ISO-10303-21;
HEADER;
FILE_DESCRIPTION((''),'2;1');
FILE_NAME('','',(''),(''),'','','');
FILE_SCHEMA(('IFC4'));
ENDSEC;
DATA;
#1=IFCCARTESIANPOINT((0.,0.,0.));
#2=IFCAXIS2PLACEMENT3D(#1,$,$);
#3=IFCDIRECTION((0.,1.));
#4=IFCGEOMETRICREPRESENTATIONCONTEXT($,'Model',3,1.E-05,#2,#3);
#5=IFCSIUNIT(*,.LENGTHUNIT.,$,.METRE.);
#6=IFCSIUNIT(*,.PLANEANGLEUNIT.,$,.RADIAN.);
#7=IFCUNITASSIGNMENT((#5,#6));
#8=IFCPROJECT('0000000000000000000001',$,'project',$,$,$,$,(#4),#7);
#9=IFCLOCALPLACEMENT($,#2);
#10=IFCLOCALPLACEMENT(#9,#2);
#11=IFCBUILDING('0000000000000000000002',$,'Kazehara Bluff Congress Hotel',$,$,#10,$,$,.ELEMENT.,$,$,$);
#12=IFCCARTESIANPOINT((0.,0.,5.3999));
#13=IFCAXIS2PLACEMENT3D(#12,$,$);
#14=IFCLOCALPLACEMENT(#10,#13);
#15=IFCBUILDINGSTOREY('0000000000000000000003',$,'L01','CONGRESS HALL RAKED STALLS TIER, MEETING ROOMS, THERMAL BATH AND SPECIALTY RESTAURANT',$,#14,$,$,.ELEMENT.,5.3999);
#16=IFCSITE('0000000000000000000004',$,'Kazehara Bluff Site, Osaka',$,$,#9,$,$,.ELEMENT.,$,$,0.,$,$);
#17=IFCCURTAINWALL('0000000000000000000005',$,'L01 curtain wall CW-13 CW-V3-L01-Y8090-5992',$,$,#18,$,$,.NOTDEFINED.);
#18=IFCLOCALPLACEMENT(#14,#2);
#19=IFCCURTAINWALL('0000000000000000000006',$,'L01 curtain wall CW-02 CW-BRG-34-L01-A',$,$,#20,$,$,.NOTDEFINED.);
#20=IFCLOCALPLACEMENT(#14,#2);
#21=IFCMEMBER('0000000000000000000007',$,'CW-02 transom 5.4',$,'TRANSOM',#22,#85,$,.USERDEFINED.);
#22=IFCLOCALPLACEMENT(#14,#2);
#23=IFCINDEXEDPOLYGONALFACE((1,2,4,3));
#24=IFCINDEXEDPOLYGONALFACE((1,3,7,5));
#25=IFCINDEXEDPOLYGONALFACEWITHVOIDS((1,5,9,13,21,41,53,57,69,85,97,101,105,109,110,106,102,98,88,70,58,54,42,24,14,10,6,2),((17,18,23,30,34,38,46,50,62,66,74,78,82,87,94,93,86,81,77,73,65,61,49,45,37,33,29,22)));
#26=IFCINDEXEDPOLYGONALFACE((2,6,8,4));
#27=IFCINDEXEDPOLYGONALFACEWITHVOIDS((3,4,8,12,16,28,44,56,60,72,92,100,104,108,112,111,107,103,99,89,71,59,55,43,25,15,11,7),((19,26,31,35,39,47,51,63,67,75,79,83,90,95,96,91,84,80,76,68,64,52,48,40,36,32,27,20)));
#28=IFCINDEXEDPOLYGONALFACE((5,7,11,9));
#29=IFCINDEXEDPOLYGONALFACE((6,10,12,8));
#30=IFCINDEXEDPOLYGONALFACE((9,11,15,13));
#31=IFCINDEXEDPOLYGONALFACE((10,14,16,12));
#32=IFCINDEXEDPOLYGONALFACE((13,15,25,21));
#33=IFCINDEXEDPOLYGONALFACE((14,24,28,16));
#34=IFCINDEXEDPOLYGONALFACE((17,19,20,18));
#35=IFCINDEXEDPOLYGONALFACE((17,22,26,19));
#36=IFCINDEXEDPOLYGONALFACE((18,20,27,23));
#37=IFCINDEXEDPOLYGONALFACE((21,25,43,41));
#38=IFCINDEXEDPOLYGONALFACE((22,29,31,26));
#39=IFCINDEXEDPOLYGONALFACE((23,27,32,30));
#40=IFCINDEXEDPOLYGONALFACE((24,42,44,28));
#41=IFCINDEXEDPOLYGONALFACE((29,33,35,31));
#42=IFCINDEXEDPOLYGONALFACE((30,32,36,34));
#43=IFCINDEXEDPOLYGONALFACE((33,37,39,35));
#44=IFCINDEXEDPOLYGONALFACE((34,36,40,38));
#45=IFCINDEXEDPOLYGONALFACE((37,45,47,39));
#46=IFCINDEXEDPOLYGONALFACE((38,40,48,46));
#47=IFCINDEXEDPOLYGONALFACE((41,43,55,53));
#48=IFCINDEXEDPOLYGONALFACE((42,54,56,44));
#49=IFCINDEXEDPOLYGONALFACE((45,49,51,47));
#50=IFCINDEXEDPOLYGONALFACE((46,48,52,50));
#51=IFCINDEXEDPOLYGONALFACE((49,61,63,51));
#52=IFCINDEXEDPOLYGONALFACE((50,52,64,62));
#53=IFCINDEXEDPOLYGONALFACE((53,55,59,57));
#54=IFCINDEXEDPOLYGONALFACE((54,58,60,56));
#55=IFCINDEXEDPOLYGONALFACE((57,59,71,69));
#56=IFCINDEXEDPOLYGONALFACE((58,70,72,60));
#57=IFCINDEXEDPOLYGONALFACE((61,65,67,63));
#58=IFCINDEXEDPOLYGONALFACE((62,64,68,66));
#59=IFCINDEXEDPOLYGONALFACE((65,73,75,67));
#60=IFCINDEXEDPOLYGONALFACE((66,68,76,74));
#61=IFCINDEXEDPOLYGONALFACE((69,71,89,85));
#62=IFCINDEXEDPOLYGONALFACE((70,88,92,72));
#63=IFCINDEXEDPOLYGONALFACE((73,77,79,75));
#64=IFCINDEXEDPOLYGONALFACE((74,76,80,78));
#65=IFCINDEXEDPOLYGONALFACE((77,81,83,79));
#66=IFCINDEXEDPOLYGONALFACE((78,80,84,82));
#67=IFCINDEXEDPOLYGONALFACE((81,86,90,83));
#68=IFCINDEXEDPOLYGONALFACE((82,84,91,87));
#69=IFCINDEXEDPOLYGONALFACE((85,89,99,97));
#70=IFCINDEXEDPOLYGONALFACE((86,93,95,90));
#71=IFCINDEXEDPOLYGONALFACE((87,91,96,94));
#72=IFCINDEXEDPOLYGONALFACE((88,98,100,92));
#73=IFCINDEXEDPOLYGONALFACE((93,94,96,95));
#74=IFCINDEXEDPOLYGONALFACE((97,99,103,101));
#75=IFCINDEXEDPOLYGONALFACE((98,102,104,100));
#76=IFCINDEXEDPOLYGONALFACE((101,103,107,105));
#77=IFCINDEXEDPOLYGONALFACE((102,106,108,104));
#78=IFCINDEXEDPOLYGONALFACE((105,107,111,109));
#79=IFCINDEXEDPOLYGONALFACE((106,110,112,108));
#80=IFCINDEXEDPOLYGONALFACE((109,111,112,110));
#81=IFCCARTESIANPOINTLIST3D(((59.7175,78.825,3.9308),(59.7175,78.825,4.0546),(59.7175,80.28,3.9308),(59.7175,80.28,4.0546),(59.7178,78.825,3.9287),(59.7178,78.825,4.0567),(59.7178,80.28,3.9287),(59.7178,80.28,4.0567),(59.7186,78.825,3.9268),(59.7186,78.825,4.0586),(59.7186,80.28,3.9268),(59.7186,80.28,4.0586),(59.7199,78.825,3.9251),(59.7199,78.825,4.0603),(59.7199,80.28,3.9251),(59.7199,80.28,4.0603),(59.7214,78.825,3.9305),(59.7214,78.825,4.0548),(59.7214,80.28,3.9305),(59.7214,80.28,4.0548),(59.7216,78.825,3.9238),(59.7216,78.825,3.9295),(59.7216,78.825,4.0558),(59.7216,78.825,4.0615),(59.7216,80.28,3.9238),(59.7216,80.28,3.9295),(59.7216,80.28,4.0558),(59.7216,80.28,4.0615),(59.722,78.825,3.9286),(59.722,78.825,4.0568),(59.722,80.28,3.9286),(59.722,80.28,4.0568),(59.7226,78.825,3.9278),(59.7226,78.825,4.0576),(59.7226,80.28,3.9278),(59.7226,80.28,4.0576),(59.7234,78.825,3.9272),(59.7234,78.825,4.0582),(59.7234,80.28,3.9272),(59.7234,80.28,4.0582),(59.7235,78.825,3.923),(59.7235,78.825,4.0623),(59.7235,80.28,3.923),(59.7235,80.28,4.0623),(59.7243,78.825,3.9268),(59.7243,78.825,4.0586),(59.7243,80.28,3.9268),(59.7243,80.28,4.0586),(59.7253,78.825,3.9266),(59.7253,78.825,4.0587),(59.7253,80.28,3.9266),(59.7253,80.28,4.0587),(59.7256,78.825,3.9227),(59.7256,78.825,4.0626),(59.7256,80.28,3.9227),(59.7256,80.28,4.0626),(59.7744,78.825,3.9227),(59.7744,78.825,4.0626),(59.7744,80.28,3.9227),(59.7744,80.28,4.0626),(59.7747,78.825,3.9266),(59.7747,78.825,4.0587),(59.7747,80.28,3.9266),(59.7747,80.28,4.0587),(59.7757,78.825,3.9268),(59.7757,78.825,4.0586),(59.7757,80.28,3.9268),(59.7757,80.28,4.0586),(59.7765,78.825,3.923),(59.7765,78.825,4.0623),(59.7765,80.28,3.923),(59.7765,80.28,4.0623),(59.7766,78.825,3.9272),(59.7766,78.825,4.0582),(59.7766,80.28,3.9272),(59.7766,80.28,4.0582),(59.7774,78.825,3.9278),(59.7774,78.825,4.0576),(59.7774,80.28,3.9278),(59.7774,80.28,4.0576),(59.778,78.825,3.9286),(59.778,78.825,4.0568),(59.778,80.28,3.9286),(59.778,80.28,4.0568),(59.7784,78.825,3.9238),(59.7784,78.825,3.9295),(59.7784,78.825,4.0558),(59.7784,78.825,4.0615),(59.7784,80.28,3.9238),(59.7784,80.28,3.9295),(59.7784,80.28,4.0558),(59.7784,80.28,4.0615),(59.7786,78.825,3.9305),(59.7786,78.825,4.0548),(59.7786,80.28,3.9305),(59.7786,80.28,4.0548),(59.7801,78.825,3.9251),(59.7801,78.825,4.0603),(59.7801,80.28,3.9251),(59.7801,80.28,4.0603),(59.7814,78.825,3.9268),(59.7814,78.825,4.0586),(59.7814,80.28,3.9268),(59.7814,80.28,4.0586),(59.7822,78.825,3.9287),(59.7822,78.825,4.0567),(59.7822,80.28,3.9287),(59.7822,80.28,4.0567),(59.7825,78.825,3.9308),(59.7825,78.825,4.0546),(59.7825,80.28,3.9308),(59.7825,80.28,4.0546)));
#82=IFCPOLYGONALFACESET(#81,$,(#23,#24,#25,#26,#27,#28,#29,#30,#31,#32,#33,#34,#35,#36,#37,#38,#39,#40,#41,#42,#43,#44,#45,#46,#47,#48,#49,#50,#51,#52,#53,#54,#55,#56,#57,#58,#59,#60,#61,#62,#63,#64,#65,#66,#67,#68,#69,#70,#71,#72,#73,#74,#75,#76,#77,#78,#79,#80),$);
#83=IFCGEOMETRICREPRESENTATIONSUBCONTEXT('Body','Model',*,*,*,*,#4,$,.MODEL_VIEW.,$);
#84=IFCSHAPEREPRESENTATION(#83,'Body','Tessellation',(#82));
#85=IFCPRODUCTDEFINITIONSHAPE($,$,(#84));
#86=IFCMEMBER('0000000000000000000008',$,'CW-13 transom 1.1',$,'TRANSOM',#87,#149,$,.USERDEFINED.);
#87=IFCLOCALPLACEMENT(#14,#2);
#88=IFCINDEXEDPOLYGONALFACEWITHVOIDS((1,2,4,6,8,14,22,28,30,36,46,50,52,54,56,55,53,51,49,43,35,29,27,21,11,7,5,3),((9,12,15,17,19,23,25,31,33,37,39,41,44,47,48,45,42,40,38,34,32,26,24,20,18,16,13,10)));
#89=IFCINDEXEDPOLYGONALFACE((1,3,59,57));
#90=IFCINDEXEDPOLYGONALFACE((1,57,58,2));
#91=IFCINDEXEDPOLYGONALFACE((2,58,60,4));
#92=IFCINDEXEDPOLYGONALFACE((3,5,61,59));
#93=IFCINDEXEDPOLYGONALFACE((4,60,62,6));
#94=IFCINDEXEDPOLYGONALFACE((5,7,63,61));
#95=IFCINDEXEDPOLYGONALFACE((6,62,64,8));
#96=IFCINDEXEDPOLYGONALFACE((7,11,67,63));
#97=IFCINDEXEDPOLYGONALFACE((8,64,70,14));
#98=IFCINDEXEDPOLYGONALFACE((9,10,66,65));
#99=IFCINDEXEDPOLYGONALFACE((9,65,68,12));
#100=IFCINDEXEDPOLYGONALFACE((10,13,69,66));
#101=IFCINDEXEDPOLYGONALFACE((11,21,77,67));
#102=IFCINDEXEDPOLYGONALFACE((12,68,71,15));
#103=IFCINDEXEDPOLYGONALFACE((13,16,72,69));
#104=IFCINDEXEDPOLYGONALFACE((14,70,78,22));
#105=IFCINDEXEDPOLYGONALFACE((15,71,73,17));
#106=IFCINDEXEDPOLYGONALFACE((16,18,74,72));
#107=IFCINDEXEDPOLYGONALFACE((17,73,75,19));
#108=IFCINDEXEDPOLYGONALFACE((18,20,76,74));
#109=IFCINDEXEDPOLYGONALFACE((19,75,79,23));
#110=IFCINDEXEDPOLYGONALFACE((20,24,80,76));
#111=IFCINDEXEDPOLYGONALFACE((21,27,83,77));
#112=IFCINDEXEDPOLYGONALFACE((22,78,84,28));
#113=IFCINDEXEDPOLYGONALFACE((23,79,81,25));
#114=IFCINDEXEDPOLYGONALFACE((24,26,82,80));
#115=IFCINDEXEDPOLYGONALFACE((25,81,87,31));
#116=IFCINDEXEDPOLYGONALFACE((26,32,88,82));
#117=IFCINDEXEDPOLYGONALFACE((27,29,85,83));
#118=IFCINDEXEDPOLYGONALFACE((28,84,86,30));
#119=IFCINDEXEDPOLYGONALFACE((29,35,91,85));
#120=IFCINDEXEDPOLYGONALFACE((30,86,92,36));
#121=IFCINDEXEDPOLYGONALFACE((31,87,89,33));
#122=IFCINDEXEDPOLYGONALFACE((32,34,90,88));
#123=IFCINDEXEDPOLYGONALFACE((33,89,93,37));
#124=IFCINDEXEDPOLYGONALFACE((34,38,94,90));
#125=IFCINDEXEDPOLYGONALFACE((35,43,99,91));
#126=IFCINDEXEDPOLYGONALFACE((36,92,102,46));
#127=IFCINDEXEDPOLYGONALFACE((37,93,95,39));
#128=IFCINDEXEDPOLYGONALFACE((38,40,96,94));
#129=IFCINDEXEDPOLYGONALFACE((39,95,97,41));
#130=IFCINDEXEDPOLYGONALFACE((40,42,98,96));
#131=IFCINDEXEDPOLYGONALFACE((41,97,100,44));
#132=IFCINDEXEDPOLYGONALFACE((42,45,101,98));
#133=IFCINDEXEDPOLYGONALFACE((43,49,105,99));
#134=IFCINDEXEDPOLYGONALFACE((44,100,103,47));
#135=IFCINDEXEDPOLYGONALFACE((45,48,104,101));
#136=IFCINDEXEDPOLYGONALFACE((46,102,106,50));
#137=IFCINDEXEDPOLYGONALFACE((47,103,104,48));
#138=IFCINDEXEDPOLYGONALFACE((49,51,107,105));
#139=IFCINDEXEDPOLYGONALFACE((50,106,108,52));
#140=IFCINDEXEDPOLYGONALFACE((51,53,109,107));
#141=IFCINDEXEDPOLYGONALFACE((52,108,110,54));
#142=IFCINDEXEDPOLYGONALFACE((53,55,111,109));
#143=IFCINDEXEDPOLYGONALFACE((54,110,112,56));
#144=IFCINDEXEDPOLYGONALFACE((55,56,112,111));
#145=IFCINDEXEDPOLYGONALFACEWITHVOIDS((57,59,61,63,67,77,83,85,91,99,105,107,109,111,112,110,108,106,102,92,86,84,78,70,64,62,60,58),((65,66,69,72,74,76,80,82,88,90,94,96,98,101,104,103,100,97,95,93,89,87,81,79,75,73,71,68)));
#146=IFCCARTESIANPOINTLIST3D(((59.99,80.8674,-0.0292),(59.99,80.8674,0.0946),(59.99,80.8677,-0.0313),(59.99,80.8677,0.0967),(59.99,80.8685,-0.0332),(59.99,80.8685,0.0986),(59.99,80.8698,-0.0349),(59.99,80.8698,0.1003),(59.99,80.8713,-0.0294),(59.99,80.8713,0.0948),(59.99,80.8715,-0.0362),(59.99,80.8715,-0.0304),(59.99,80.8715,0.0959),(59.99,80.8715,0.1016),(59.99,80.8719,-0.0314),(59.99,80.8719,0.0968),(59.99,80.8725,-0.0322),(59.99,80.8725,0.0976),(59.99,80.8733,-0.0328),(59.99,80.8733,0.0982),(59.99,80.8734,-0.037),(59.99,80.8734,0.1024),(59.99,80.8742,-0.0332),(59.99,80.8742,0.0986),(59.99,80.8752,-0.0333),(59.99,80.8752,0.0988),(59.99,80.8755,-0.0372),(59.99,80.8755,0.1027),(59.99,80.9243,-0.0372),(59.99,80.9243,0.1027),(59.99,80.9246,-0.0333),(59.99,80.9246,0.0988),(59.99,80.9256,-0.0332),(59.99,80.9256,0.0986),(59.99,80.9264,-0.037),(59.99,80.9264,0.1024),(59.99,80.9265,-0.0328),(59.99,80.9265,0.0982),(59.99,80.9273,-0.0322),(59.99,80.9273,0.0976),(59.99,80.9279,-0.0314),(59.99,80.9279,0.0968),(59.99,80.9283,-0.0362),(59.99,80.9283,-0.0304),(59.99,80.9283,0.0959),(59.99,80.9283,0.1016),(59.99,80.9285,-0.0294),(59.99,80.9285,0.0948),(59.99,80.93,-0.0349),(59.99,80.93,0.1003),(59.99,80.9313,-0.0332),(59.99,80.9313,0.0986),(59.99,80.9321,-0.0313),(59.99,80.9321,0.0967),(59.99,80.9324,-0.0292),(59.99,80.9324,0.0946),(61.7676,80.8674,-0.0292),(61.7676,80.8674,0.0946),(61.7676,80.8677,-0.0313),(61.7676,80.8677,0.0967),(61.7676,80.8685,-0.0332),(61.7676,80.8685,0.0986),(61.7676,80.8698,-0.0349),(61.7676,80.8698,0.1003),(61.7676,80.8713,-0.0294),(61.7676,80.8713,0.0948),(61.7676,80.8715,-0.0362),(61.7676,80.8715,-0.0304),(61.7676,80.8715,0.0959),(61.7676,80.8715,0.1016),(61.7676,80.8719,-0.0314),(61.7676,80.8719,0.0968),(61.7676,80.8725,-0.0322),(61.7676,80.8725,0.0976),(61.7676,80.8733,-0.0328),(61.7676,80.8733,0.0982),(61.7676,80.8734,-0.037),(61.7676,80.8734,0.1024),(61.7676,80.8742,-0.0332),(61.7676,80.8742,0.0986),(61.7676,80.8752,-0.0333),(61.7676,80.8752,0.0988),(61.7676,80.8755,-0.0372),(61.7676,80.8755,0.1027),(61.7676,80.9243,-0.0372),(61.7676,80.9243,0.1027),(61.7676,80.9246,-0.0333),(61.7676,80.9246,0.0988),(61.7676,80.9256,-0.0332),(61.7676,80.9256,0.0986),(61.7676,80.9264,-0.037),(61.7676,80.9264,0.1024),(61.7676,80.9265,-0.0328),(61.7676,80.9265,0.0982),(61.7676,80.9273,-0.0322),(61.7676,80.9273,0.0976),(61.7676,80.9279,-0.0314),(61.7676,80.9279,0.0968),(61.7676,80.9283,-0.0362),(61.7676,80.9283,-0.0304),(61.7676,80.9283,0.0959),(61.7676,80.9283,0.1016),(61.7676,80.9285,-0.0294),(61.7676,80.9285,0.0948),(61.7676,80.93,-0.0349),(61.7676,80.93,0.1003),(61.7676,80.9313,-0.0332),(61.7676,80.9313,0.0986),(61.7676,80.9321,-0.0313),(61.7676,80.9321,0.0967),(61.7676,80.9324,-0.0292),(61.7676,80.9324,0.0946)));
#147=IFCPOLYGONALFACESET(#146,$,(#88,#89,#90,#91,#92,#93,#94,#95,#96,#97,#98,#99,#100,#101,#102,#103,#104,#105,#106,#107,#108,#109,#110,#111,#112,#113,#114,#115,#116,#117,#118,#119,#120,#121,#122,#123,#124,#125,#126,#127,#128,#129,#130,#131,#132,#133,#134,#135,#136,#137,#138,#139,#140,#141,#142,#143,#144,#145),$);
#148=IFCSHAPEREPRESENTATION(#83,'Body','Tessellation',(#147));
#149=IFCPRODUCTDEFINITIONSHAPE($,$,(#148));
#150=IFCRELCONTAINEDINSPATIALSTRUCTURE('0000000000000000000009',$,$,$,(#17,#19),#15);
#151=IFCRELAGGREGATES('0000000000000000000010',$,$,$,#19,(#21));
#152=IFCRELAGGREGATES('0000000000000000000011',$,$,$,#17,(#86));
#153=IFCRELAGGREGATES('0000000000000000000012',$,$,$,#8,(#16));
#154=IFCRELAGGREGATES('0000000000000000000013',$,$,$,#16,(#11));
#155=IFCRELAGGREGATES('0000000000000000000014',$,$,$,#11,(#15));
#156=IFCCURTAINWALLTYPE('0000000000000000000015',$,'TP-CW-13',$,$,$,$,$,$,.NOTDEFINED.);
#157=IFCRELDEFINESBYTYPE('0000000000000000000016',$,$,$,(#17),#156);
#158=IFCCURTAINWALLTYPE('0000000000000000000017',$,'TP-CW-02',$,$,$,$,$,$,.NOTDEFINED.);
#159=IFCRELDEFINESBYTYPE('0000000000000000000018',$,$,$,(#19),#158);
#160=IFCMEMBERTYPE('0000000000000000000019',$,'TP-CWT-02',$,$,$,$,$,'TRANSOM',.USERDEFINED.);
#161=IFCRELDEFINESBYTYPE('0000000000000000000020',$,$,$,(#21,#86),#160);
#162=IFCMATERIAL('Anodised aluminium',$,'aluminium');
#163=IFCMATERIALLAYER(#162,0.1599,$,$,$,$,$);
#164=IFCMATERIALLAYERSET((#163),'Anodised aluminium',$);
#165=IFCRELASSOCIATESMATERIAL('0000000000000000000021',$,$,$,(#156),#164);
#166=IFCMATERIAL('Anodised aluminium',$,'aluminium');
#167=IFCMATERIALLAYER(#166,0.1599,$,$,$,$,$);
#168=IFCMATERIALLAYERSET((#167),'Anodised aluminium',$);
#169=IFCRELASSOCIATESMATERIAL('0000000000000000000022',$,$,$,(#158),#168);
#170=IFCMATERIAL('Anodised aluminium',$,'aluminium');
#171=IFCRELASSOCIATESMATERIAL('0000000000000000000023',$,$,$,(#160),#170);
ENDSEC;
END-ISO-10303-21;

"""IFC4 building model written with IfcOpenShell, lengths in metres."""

from ifc_helpers import new_model, si_unit, direction, frame, origin, origin_2d, place, context, subcontext, project, spatial, hollow_rectangle, extrude, material, layer, layer_set, material_profile, profile_set, type_object, element, aggregate, save


model = new_model("IFC4")

# Units and contexts
model_context = context("Model", 3, precision=1e-05, world=origin(), true_north=direction((0.0, 1.0)))
body_context = subcontext(model_context, "Body", "Model", "MODEL_VIEW")
ifc_project = project(units=[si_unit("LENGTHUNIT", "METRE"), si_unit("PLANEANGLEUNIT", "RADIAN")], contexts=[model_context])

# Site, building, storey
site_placement = place(None, origin())
site = spatial("IfcSite", under=ifc_project, at=site_placement, Name="Kazehara Bluff Site, Osaka", CompositionType="ELEMENT", RefElevation=0.0)
building_placement = place(site_placement, origin())
building = spatial("IfcBuilding", under=site, at=building_placement, Name="Kazehara Bluff Congress Hotel", CompositionType="ELEMENT")
storey_placement = place(building_placement, frame((0.0, 0.0, 5.3999)))
storey = spatial("IfcBuildingStorey", under=building, at=storey_placement, Name="L01", Description="CONGRESS HALL RAKED STALLS TIER, MEETING ROOMS, THERMAL BATH AND SPECIALTY RESTAURANT", CompositionType="ELEMENT", Elevation=5.3999)

# Curtain walls, member
ifc_material_1 = material(Name="Anodised aluminium", Category="aluminium")
ifc_layer_1 = layer(ifc_material_1, 0.1599)
ifc_layer_set_1 = layer_set([ifc_layer_1], Name="Anodised aluminium")
curtain_wall_type_1 = type_object("IfcCurtainWallType", Name="TP-CW-13", PredefinedType="NOTDEFINED", material=ifc_layer_set_1)
curtain_wall_1_placement = place(storey_placement, origin())
curtain_wall_1 = element("IfcCurtainWall", 1, at=curtain_wall_1_placement, inside=storey, type_object=curtain_wall_type_1, Name="L01 curtain wall CW-13 CW-V3-L01-Y8090-5992", PredefinedType="NOTDEFINED")
ifc_material_2 = material(Name="Anodised aluminium", Category="aluminium")
ifc_layer_2 = layer(ifc_material_2, 0.1599)
ifc_layer_set_2 = layer_set([ifc_layer_2], Name="Anodised aluminium")
curtain_wall_type_2 = type_object("IfcCurtainWallType", Name="TP-CW-02", PredefinedType="NOTDEFINED", material=ifc_layer_set_2)
curtain_wall_2_placement = place(storey_placement, origin())
curtain_wall_2 = element("IfcCurtainWall", 2, at=curtain_wall_2_placement, inside=storey, type_object=curtain_wall_type_2, Name="L01 curtain wall CW-02 CW-BRG-34-L01-A", PredefinedType="NOTDEFINED")
ifc_material_3 = material(Name="Anodised aluminium", Category="aluminium")
ifc_material_profile_1 = material_profile(ifc_material_3, hollow_rectangle(XDim=0.0649, YDim=0.1399, WallThickness=0.0039, InnerFilletRadius=0.0039, OuterFilletRadius=0.0081, at=origin_2d()))
ifc_profile_set_1 = profile_set([ifc_material_profile_1], Name="Anodised aluminium")
member_type_1 = type_object("IfcMemberType", Name="TP-CWT-02", ElementType="TRANSOM", PredefinedType="USERDEFINED", material=ifc_profile_set_1)
member_1_placement = place(storey_placement, frame((59.75, 78.825, 3.9927), z_axis=(0.0, 1.0, 0.0), x_axis=(-1.0, 0.0, 0.0)))
member_1 = element("IfcMember", 3, at=member_1_placement, type_object=member_type_1, Name="CW-02 transom 5.4", ObjectType="TRANSOM", PredefinedType="USERDEFINED", context=body_context, shape_type="SweptSolid", body=[
    extrude(hollow_rectangle(XDim=0.0649, YDim=0.1399, WallThickness=0.0039, InnerFilletRadius=0.0039, OuterFilletRadius=0.0081, at=origin_2d()), origin(), (0.0, 0.0, 1.0), 1.4551),
])

# Member
member_2_placement = place(storey_placement, frame((59.99, 80.8999, 0.0327), z_axis=(1.0, 0.0, 0.0), x_axis=(0.0, 1.0, 0.0)))
member_2 = element("IfcMember", 4, at=member_2_placement, type_object=member_type_1, Name="CW-13 transom 1.1", ObjectType="TRANSOM", PredefinedType="USERDEFINED", context=body_context, shape_type="SweptSolid", body=[
    extrude(hollow_rectangle(XDim=0.0649, YDim=0.1399, WallThickness=0.0039, InnerFilletRadius=0.0039, OuterFilletRadius=0.0081, at=origin_2d()), origin(), (0.0, 0.0, 1.0), 1.7776),
])

aggregate(curtain_wall_2, [member_1])
aggregate(curtain_wall_1, [member_2])

save(model, "model.ifc")
